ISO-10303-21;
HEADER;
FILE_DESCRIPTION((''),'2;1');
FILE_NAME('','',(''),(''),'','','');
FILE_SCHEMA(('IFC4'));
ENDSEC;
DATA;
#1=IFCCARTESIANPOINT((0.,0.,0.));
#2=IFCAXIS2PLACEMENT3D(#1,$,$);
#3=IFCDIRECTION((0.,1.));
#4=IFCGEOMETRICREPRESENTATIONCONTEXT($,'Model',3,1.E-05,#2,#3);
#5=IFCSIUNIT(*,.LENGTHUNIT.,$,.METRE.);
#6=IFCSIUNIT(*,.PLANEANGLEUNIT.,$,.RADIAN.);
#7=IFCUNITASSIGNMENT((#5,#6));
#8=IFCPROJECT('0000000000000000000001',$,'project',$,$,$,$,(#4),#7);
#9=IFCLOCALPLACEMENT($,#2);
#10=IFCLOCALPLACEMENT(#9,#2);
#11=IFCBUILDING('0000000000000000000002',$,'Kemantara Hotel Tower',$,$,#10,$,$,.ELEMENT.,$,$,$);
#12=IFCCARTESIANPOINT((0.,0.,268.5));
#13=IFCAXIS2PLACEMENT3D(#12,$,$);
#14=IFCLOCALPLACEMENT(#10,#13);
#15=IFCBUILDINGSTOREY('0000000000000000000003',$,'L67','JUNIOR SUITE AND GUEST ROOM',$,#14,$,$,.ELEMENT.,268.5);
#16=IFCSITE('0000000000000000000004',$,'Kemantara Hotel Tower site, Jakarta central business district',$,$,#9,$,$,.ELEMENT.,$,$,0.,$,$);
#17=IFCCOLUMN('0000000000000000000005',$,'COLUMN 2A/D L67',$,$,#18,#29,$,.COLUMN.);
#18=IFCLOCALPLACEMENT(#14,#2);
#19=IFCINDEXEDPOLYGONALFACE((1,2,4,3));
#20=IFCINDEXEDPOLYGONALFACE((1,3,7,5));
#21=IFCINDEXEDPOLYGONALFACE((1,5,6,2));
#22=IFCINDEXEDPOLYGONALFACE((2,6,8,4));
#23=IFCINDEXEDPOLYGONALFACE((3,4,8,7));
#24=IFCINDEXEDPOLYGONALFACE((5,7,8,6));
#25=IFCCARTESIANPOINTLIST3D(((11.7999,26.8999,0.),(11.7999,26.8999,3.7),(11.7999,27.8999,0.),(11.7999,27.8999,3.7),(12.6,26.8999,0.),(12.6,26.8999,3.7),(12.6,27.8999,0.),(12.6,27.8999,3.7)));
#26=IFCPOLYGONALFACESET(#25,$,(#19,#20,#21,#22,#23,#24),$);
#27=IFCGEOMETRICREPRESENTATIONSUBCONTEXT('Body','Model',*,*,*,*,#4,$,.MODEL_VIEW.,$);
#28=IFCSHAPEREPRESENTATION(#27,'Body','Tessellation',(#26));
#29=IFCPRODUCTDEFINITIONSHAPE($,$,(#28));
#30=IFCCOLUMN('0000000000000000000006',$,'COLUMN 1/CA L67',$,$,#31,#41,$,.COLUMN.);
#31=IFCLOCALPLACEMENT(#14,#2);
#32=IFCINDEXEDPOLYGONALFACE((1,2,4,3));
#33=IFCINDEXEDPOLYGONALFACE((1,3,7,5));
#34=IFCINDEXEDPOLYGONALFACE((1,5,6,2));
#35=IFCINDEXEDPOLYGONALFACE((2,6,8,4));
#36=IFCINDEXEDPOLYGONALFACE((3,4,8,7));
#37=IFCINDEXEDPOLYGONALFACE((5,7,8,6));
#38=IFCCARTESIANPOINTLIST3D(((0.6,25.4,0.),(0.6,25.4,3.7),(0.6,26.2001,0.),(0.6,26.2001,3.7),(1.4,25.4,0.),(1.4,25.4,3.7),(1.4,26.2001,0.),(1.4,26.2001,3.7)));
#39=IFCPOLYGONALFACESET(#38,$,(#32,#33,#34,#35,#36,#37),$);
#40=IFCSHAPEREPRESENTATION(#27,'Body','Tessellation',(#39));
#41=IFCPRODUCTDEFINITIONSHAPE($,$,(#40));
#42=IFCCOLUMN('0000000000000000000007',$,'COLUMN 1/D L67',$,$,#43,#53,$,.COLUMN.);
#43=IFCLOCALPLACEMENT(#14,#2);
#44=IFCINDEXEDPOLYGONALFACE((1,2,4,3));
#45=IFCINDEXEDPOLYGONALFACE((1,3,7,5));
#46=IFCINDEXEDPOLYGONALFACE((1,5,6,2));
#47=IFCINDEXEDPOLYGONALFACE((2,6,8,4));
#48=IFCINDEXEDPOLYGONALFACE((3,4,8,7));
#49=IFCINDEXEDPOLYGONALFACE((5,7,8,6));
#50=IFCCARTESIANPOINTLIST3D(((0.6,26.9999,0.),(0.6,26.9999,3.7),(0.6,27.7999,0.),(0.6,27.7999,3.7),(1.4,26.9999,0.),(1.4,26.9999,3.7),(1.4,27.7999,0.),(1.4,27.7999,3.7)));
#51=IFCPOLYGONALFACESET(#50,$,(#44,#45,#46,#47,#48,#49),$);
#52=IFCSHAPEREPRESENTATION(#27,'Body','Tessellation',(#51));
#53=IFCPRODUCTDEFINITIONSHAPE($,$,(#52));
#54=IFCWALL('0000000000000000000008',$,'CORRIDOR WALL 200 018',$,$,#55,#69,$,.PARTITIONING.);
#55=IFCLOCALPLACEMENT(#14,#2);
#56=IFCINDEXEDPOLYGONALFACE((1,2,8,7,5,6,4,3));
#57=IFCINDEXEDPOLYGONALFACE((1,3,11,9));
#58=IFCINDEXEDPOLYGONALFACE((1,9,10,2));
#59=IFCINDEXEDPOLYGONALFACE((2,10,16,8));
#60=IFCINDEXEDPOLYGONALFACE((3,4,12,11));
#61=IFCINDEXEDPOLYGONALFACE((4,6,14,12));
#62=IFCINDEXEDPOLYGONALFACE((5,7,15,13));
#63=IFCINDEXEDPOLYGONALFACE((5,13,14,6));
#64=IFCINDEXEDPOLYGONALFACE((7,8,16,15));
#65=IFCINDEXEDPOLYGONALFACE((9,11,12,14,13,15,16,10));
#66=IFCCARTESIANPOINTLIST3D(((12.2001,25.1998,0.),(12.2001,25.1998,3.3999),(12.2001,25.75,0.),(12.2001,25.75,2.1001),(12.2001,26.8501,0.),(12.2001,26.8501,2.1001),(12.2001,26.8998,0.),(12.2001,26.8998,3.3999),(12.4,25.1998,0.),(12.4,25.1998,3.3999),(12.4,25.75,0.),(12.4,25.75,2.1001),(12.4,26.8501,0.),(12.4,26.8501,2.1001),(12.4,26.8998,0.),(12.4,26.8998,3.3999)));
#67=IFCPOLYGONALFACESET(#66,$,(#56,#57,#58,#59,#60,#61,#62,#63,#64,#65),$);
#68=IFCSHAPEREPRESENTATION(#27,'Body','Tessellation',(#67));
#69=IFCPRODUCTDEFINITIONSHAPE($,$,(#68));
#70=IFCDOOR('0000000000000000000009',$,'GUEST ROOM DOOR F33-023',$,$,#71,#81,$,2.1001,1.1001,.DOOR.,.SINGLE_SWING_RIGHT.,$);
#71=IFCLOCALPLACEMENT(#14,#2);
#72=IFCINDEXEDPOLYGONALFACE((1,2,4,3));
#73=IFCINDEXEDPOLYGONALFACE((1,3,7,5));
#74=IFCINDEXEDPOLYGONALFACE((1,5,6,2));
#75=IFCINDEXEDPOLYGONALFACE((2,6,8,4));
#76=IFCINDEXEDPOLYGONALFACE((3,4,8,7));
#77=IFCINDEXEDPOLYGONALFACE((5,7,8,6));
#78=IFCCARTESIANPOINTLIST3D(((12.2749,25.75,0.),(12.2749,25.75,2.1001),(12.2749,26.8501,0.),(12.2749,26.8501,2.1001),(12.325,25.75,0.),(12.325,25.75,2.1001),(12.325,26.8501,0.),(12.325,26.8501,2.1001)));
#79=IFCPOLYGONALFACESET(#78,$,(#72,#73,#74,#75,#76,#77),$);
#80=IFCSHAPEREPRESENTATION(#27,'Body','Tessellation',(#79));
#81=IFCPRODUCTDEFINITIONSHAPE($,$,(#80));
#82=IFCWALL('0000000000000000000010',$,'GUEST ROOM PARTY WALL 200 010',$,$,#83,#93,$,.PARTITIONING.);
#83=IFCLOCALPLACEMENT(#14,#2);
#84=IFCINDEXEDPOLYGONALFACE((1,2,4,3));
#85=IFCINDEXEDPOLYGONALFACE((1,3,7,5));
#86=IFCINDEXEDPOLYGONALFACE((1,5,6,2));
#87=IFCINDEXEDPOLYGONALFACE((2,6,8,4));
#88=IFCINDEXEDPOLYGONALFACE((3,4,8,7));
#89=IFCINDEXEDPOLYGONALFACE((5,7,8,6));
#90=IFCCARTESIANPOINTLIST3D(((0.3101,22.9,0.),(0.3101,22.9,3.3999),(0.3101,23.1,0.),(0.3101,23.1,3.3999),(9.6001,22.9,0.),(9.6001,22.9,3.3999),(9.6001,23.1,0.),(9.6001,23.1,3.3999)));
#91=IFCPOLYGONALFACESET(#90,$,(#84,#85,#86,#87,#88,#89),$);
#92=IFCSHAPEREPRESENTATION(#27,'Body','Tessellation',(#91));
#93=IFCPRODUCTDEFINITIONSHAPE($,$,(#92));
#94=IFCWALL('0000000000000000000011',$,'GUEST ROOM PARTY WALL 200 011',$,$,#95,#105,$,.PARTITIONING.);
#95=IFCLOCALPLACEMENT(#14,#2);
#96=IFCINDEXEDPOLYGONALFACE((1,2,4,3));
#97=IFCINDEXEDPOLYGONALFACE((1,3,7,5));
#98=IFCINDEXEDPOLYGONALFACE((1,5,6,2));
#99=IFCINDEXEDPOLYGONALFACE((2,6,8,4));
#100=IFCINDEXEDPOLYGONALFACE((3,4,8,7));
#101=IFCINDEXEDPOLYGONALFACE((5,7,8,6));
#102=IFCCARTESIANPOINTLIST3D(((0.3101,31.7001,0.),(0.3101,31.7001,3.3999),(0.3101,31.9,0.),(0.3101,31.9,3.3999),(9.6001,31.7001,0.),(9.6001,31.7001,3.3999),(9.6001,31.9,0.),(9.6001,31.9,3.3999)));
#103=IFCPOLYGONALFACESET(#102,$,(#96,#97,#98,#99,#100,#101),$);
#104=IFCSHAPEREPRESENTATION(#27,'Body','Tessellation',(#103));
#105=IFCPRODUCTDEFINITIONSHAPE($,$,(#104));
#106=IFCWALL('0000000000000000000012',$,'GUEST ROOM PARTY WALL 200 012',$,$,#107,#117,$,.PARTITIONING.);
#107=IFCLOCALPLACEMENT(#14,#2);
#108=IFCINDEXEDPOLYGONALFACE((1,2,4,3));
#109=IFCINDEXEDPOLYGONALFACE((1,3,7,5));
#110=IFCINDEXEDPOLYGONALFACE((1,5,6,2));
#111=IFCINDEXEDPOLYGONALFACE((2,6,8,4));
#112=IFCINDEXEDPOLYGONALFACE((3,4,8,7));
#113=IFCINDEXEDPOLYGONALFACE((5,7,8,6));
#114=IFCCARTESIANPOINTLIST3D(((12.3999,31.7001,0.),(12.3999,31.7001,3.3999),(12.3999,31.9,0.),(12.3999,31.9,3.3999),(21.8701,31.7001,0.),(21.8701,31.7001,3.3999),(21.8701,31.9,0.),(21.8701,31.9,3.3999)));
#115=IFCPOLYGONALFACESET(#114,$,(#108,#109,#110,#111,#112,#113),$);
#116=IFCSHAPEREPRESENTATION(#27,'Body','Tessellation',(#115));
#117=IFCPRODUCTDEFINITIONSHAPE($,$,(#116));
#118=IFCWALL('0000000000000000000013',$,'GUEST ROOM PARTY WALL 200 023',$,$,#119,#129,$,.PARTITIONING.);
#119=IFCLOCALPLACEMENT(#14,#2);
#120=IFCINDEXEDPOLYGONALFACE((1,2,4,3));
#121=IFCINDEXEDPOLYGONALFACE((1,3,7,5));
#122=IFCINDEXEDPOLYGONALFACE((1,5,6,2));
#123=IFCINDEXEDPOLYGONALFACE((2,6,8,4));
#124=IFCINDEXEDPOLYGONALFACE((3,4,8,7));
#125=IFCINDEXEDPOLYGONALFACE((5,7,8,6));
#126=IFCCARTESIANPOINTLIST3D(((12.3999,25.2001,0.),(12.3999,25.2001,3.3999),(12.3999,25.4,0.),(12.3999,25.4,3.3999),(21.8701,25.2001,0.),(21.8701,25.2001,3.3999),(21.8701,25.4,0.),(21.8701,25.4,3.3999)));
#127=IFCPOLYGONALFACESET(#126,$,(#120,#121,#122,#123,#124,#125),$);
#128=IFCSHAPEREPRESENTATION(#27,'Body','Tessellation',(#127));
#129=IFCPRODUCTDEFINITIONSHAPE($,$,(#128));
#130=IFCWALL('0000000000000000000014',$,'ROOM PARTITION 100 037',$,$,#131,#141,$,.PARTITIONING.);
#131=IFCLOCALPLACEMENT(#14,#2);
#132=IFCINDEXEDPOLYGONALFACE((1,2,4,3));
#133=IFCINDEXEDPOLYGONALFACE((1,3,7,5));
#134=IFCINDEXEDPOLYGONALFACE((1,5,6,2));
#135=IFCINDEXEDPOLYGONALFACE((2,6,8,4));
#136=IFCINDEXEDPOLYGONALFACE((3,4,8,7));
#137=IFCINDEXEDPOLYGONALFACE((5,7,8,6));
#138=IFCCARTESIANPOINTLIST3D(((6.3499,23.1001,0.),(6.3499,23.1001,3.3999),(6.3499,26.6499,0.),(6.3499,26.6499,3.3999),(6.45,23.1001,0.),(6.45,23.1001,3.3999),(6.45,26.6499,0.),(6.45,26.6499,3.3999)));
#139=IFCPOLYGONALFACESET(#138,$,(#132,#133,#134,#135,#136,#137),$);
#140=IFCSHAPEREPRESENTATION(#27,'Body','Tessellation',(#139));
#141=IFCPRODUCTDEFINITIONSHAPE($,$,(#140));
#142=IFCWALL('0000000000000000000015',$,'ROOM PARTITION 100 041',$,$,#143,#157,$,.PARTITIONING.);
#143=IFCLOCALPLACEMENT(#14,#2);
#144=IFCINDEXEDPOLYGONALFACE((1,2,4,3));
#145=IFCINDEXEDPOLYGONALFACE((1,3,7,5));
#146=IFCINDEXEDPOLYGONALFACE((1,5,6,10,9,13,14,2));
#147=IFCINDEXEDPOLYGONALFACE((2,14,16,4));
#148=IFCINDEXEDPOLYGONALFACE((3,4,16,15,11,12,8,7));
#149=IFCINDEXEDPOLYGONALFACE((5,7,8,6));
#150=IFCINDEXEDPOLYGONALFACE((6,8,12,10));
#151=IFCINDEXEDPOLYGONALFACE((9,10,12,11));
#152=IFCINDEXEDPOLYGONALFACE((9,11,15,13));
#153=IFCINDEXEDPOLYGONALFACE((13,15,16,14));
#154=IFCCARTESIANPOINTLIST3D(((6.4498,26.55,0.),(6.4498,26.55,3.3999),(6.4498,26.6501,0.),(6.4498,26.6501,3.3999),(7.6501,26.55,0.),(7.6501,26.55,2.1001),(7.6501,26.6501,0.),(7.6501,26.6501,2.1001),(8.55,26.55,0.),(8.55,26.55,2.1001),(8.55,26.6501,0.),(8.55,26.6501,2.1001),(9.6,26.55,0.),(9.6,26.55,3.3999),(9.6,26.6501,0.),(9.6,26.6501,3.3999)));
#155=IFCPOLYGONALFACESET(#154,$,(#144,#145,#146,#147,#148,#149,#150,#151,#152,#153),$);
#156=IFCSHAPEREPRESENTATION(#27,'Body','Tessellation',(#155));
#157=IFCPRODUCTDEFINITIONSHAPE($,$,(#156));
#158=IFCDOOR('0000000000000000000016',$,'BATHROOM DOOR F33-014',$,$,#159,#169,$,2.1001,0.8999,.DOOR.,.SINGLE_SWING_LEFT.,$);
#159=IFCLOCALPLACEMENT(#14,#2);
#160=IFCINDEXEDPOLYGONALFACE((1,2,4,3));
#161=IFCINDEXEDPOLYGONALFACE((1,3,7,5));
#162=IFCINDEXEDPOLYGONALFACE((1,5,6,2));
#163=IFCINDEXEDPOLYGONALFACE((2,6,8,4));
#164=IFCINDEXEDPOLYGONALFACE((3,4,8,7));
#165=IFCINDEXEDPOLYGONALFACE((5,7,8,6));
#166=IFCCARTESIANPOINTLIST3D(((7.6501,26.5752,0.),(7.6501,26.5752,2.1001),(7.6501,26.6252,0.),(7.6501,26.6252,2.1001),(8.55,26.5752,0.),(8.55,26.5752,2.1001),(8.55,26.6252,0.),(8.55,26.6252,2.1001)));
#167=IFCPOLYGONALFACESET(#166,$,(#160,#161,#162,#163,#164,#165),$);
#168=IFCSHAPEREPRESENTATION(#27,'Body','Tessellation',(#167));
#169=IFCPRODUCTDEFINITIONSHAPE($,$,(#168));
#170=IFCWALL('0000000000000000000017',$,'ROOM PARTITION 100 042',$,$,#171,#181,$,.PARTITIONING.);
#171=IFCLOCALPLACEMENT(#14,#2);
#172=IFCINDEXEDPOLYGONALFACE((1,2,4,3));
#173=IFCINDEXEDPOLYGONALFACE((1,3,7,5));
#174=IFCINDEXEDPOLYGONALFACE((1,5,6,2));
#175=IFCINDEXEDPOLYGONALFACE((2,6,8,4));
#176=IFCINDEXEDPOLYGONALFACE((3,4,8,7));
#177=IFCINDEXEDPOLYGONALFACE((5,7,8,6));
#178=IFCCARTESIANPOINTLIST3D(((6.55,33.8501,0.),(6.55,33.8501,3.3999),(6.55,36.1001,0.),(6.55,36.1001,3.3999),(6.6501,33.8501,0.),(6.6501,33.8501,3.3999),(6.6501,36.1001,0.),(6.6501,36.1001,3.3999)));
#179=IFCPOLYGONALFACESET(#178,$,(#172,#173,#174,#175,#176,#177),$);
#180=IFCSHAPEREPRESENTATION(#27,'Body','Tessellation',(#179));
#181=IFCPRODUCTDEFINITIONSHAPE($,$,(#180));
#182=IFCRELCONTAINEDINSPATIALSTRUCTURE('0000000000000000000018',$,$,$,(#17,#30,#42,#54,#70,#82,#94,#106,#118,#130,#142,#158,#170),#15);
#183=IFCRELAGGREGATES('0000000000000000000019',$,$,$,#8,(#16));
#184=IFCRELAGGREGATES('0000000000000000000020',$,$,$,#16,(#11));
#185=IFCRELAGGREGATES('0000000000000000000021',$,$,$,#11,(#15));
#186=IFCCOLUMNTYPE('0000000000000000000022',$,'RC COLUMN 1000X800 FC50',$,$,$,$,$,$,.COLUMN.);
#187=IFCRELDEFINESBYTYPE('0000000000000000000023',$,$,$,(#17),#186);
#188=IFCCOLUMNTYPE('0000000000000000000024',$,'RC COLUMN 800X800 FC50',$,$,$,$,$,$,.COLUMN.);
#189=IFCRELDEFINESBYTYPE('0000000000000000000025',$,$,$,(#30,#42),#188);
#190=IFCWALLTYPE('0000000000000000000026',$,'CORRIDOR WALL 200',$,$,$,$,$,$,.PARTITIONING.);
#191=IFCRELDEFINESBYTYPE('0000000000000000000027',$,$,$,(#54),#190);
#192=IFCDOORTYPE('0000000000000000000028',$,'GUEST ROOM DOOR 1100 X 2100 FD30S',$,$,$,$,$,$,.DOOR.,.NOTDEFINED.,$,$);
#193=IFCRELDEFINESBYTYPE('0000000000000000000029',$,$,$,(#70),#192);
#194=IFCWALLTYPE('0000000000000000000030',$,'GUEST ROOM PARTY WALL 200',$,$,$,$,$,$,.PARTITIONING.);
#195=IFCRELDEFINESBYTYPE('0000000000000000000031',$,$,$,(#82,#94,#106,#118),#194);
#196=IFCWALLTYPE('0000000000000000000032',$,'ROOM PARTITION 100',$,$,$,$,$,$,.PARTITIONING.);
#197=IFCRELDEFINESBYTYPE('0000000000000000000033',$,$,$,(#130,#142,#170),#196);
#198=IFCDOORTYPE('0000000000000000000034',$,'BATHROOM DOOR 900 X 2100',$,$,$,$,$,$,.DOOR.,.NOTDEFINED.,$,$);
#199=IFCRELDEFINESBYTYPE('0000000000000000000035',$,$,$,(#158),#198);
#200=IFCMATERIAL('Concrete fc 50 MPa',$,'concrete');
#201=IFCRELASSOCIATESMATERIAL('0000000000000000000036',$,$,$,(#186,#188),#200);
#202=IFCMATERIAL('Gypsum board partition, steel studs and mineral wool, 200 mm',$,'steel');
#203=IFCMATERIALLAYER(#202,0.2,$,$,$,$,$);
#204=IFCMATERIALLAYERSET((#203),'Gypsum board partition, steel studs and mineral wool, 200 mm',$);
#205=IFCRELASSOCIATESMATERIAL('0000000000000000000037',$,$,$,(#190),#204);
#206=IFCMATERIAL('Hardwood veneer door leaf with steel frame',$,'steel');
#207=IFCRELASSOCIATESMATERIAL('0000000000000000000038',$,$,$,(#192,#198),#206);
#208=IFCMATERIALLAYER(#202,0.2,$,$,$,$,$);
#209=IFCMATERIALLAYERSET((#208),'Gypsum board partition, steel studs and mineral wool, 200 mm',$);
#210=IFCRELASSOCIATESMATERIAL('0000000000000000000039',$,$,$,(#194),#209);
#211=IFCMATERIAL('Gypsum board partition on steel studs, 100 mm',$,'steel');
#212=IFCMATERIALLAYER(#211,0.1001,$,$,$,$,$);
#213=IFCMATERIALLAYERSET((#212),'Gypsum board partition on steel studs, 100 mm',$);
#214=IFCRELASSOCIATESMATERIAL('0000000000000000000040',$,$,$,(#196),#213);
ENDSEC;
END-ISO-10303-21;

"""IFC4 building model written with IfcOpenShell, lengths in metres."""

from ifc_helpers import new_model, si_unit, direction, frame, frame_2d, origin, origin_2d, place, context, subcontext, project, spatial, rectangle, extrude, material, layer, layer_set, material_profile, profile_set, type_object, element, fill, save


model = new_model("IFC4")

# Units and contexts
model_context = context("Model", 3, precision=1e-05, world=origin(), true_north=direction((0.0, 1.0)))
body_context = subcontext(model_context, "Body", "Model", "MODEL_VIEW")
ifc_project = project(units=[si_unit("LENGTHUNIT", "METRE"), si_unit("PLANEANGLEUNIT", "RADIAN")], contexts=[model_context])

# Site, building, storey
site_placement = place(None, origin())
site = spatial("IfcSite", under=ifc_project, at=site_placement, Name="Kemantara Hotel Tower site, Jakarta central business district", CompositionType="ELEMENT", RefElevation=0.0)
building_placement = place(site_placement, origin())
building = spatial("IfcBuilding", under=site, at=building_placement, Name="Kemantara Hotel Tower", CompositionType="ELEMENT")
storey_placement = place(building_placement, frame((0.0, 0.0, 268.5)))
storey = spatial("IfcBuildingStorey", under=building, at=storey_placement, Name="L67", Description="JUNIOR SUITE AND GUEST ROOM", CompositionType="ELEMENT", Elevation=268.5)

# Columns
ifc_material_1 = material(Name="Concrete fc 50 MPa", Category="concrete")
ifc_material_profile_1 = material_profile(ifc_material_1, rectangle(XDim=1.0, YDim=0.8, at=origin_2d()), Name="RC 1000X800")
ifc_profile_set_1 = profile_set([ifc_material_profile_1], Name="Concrete fc 50 MPa")
column_type_1 = type_object("IfcColumnType", Name="RC COLUMN 1000X800 FC50", PredefinedType="COLUMN", material=ifc_profile_set_1)
column_placement = place(storey_placement, frame((12.2, 27.3999, 0.0), z_axis=(0.0, 0.0, 1.0), x_axis=(0.0, 1.0, 0.0)))
element("IfcColumn", 1, at=column_placement, inside=storey, type_object=column_type_1, Name="COLUMN 2A/D L67", PredefinedType="COLUMN", context=body_context, shape_type="SweptSolid", body=[
    extrude(rectangle(XDim=1.0, YDim=0.8, at=origin_2d()), origin(), (0.0, 0.0, 1.0), 3.7),
])
ifc_material_profile_2 = material_profile(ifc_material_1, rectangle(XDim=0.8, YDim=0.8, at=origin_2d()), Name="RC 800X800")
ifc_profile_set_2 = profile_set([ifc_material_profile_2], Name="Concrete fc 50 MPa")
column_type_2 = type_object("IfcColumnType", Name="RC COLUMN 800X800 FC50", PredefinedType="COLUMN", material=ifc_profile_set_2)
for number, where, z_axis, x_axis, name in (
    (2, (1.0, 25.8, 0.0), (0.0, 0.0, 1.0), (1.0, 0.0, 0.0), "COLUMN 1/CA L67"),
    (3, (1.0, 27.3999, 0.0), (0.0, 0.0, 1.0), (1.0, 0.0, 0.0), "COLUMN 1/D L67"),
):
    element("IfcColumn", number, at=place(storey_placement, frame(where, z_axis=z_axis, x_axis=x_axis)), inside=storey, type_object=column_type_2, Name=name, PredefinedType="COLUMN", context=body_context, shape_type="SweptSolid", body=[
        extrude(rectangle(XDim=0.8, YDim=0.8, at=origin_2d()), origin(), (0.0, 0.0, 1.0), 3.7),
    ])

# Wall, opening, door
ifc_material_2 = material(Name="Gypsum board partition, steel studs and mineral wool, 200 mm", Category="steel")
ifc_layer_1 = layer(ifc_material_2, 0.2)
ifc_layer_set_1 = layer_set([ifc_layer_1], Name="Gypsum board partition, steel studs and mineral wool, 200 mm")
wall_type_1 = type_object("IfcWallType", Name="CORRIDOR WALL 200", PredefinedType="PARTITIONING", material=ifc_layer_set_1)
wall_1_placement = place(storey_placement, frame((12.3, 26.8999, 0.0), z_axis=(0.0, 0.0, 1.0), x_axis=(0.0, -1.0, 0.0)))
wall_1 = element("IfcWall", 4, at=wall_1_placement, inside=storey, type_object=wall_type_1, Name="CORRIDOR WALL 200 018", PredefinedType="PARTITIONING", context=body_context, shape_type="SweptSolid", body=[
    extrude(rectangle(XDim=1.7, YDim=0.2, at=frame_2d((0.8501, 0.0))), origin(), (0.0, 0.0, 1.0), 3.3999),
])
opening_1_placement = place(wall_1_placement, frame((0.0498, 0.0, 0.0)))
opening_1 = element("IfcOpeningElement", 5, at=opening_1_placement, cuts=wall_1, PredefinedType="OPENING", context=body_context, shape_type="SweptSolid", body=[
    extrude(rectangle(XDim=1.1001, YDim=2.1001, at=frame_2d((0.55, 1.05))), frame((0.0, 0.1099, 0.0), z_axis=(0.0, -1.0, 0.0), x_axis=(1.0, 0.0, 0.0)), (0.0, 0.0, 1.0), 0.22),
])
ifc_material_3 = material(Name="Hardwood veneer door leaf with steel frame", Category="steel")
door_type_1 = type_object("IfcDoorType", Name="GUEST ROOM DOOR 1100 X 2100 FD30S", OperationType="NOTDEFINED", PredefinedType="DOOR", material=ifc_material_3)
door_1_placement = place(opening_1_placement, origin())
door_1 = element("IfcDoor", 6, at=door_1_placement, inside=storey, type_object=door_type_1, Name="GUEST ROOM DOOR F33-023", OperationType="SINGLE_SWING_RIGHT", OverallHeight=2.1001, OverallWidth=1.1001, PredefinedType="DOOR", context=body_context, shape_type="SweptSolid", body=[
    extrude(rectangle(XDim=1.1001, YDim=2.1001, at=frame_2d((0.55, 1.05))), frame((0.0, 0.0249, 0.0), z_axis=(0.0, -1.0, 0.0), x_axis=(1.0, 0.0, 0.0)), (0.0, 0.0, 1.0), 0.05),
])
fill(opening_1, door_1)

# Walls
ifc_layer_2 = layer(ifc_material_2, 0.2)
ifc_layer_set_2 = layer_set([ifc_layer_2], Name="Gypsum board partition, steel studs and mineral wool, 200 mm")
wall_type_2 = type_object("IfcWallType", Name="GUEST ROOM PARTY WALL 200", PredefinedType="PARTITIONING", material=ifc_layer_set_2)
for number, where, z_axis, x_axis, name in (
    (7, (0.3101, 23.0, 0.0), (0.0, 0.0, 1.0), (1.0, 0.0, 0.0), "GUEST ROOM PARTY WALL 200 010"),
    (8, (0.3101, 31.8, 0.0), (0.0, 0.0, 1.0), (1.0, 0.0, 0.0), "GUEST ROOM PARTY WALL 200 011"),
):
    element("IfcWall", number, at=place(storey_placement, frame(where, z_axis=z_axis, x_axis=x_axis)), inside=storey, type_object=wall_type_2, Name=name, PredefinedType="PARTITIONING", context=body_context, shape_type="SweptSolid", body=[
        extrude(rectangle(XDim=9.29, YDim=0.2, at=frame_2d((4.645, 0.0))), origin(), (0.0, 0.0, 1.0), 3.3999),
    ])
for number, where, z_axis, x_axis, name in (
    (9, (12.3999, 31.8, 0.0), (0.0, 0.0, 1.0), (1.0, 0.0, 0.0), "GUEST ROOM PARTY WALL 200 012"),
    (10, (12.3999, 25.3, 0.0), (0.0, 0.0, 1.0), (1.0, 0.0, 0.0), "GUEST ROOM PARTY WALL 200 023"),
):
    element("IfcWall", number, at=place(storey_placement, frame(where, z_axis=z_axis, x_axis=x_axis)), inside=storey, type_object=wall_type_2, Name=name, PredefinedType="PARTITIONING", context=body_context, shape_type="SweptSolid", body=[
        extrude(rectangle(XDim=9.4702, YDim=0.2, at=frame_2d((4.7351, 0.0))), origin(), (0.0, 0.0, 1.0), 3.3999),
    ])
ifc_material_4 = material(Name="Gypsum board partition on steel studs, 100 mm", Category="steel")
ifc_layer_3 = layer(ifc_material_4, 0.1001)
ifc_layer_set_3 = layer_set([ifc_layer_3], Name="Gypsum board partition on steel studs, 100 mm")
wall_type_3 = type_object("IfcWallType", Name="ROOM PARTITION 100", PredefinedType="PARTITIONING", material=ifc_layer_set_3)
wall_2_placement = place(storey_placement, frame((6.3999, 23.1001, 0.0), z_axis=(0.0, 0.0, 1.0), x_axis=(0.0, 1.0, 0.0)))
element("IfcWall", 11, at=wall_2_placement, inside=storey, type_object=wall_type_3, Name="ROOM PARTITION 100 037", PredefinedType="PARTITIONING", context=body_context, shape_type="SweptSolid", body=[
    extrude(rectangle(XDim=3.5498, YDim=0.1001, at=frame_2d((1.7749, 0.0))), origin(), (0.0, 0.0, 1.0), 3.3999),
])

# Wall, opening, door
wall_3_placement = place(storey_placement, frame((9.6001, 26.6001, 0.0), z_axis=(0.0, 0.0, 1.0), x_axis=(-1.0, 0.0, 0.0)))
wall_3 = element("IfcWall", 12, at=wall_3_placement, inside=storey, type_object=wall_type_3, Name="ROOM PARTITION 100 041", PredefinedType="PARTITIONING", context=body_context, shape_type="SweptSolid", body=[
    extrude(rectangle(XDim=3.1501, YDim=0.1001, at=frame_2d((1.5752, 0.0))), origin(), (0.0, 0.0, 1.0), 3.3999),
])
opening_2_placement = place(wall_3_placement, frame((1.05, 0.0, 0.0)))
opening_2 = element("IfcOpeningElement", 13, at=opening_2_placement, cuts=wall_3, PredefinedType="OPENING", context=body_context, shape_type="SweptSolid", body=[
    extrude(rectangle(XDim=0.8999, YDim=2.1001, at=frame_2d((0.45, 1.05))), frame((0.0, 0.0601, 0.0), z_axis=(0.0, -1.0, 0.0), x_axis=(1.0, 0.0, 0.0)), (0.0, 0.0, 1.0), 0.1201),
])
door_type_2 = type_object("IfcDoorType", Name="BATHROOM DOOR 900 X 2100", OperationType="NOTDEFINED", PredefinedType="DOOR", material=ifc_material_3)
door_2_placement = place(opening_2_placement, origin())
door_2 = element("IfcDoor", 14, at=door_2_placement, inside=storey, type_object=door_type_2, Name="BATHROOM DOOR F33-014", OperationType="SINGLE_SWING_LEFT", OverallHeight=2.1001, OverallWidth=0.8999, PredefinedType="DOOR", context=body_context, shape_type="SweptSolid", body=[
    extrude(rectangle(XDim=0.8999, YDim=2.1001, at=frame_2d((0.45, 1.05))), frame((0.0, 0.0249, 0.0), z_axis=(0.0, -1.0, 0.0), x_axis=(1.0, 0.0, 0.0)), (0.0, 0.0, 1.0), 0.05),
])
fill(opening_2, door_2)

# Wall
wall_4_placement = place(storey_placement, frame((6.6001, 33.8501, 0.0), z_axis=(0.0, 0.0, 1.0), x_axis=(0.0, 1.0, 0.0)))
element("IfcWall", 15, at=wall_4_placement, inside=storey, type_object=wall_type_3, Name="ROOM PARTITION 100 042", PredefinedType="PARTITIONING", context=body_context, shape_type="SweptSolid", body=[
    extrude(rectangle(XDim=2.25, YDim=0.1001, at=frame_2d((1.125, 0.0))), origin(), (0.0, 0.0, 1.0), 3.3999),
])

save(model, "model.ifc")
